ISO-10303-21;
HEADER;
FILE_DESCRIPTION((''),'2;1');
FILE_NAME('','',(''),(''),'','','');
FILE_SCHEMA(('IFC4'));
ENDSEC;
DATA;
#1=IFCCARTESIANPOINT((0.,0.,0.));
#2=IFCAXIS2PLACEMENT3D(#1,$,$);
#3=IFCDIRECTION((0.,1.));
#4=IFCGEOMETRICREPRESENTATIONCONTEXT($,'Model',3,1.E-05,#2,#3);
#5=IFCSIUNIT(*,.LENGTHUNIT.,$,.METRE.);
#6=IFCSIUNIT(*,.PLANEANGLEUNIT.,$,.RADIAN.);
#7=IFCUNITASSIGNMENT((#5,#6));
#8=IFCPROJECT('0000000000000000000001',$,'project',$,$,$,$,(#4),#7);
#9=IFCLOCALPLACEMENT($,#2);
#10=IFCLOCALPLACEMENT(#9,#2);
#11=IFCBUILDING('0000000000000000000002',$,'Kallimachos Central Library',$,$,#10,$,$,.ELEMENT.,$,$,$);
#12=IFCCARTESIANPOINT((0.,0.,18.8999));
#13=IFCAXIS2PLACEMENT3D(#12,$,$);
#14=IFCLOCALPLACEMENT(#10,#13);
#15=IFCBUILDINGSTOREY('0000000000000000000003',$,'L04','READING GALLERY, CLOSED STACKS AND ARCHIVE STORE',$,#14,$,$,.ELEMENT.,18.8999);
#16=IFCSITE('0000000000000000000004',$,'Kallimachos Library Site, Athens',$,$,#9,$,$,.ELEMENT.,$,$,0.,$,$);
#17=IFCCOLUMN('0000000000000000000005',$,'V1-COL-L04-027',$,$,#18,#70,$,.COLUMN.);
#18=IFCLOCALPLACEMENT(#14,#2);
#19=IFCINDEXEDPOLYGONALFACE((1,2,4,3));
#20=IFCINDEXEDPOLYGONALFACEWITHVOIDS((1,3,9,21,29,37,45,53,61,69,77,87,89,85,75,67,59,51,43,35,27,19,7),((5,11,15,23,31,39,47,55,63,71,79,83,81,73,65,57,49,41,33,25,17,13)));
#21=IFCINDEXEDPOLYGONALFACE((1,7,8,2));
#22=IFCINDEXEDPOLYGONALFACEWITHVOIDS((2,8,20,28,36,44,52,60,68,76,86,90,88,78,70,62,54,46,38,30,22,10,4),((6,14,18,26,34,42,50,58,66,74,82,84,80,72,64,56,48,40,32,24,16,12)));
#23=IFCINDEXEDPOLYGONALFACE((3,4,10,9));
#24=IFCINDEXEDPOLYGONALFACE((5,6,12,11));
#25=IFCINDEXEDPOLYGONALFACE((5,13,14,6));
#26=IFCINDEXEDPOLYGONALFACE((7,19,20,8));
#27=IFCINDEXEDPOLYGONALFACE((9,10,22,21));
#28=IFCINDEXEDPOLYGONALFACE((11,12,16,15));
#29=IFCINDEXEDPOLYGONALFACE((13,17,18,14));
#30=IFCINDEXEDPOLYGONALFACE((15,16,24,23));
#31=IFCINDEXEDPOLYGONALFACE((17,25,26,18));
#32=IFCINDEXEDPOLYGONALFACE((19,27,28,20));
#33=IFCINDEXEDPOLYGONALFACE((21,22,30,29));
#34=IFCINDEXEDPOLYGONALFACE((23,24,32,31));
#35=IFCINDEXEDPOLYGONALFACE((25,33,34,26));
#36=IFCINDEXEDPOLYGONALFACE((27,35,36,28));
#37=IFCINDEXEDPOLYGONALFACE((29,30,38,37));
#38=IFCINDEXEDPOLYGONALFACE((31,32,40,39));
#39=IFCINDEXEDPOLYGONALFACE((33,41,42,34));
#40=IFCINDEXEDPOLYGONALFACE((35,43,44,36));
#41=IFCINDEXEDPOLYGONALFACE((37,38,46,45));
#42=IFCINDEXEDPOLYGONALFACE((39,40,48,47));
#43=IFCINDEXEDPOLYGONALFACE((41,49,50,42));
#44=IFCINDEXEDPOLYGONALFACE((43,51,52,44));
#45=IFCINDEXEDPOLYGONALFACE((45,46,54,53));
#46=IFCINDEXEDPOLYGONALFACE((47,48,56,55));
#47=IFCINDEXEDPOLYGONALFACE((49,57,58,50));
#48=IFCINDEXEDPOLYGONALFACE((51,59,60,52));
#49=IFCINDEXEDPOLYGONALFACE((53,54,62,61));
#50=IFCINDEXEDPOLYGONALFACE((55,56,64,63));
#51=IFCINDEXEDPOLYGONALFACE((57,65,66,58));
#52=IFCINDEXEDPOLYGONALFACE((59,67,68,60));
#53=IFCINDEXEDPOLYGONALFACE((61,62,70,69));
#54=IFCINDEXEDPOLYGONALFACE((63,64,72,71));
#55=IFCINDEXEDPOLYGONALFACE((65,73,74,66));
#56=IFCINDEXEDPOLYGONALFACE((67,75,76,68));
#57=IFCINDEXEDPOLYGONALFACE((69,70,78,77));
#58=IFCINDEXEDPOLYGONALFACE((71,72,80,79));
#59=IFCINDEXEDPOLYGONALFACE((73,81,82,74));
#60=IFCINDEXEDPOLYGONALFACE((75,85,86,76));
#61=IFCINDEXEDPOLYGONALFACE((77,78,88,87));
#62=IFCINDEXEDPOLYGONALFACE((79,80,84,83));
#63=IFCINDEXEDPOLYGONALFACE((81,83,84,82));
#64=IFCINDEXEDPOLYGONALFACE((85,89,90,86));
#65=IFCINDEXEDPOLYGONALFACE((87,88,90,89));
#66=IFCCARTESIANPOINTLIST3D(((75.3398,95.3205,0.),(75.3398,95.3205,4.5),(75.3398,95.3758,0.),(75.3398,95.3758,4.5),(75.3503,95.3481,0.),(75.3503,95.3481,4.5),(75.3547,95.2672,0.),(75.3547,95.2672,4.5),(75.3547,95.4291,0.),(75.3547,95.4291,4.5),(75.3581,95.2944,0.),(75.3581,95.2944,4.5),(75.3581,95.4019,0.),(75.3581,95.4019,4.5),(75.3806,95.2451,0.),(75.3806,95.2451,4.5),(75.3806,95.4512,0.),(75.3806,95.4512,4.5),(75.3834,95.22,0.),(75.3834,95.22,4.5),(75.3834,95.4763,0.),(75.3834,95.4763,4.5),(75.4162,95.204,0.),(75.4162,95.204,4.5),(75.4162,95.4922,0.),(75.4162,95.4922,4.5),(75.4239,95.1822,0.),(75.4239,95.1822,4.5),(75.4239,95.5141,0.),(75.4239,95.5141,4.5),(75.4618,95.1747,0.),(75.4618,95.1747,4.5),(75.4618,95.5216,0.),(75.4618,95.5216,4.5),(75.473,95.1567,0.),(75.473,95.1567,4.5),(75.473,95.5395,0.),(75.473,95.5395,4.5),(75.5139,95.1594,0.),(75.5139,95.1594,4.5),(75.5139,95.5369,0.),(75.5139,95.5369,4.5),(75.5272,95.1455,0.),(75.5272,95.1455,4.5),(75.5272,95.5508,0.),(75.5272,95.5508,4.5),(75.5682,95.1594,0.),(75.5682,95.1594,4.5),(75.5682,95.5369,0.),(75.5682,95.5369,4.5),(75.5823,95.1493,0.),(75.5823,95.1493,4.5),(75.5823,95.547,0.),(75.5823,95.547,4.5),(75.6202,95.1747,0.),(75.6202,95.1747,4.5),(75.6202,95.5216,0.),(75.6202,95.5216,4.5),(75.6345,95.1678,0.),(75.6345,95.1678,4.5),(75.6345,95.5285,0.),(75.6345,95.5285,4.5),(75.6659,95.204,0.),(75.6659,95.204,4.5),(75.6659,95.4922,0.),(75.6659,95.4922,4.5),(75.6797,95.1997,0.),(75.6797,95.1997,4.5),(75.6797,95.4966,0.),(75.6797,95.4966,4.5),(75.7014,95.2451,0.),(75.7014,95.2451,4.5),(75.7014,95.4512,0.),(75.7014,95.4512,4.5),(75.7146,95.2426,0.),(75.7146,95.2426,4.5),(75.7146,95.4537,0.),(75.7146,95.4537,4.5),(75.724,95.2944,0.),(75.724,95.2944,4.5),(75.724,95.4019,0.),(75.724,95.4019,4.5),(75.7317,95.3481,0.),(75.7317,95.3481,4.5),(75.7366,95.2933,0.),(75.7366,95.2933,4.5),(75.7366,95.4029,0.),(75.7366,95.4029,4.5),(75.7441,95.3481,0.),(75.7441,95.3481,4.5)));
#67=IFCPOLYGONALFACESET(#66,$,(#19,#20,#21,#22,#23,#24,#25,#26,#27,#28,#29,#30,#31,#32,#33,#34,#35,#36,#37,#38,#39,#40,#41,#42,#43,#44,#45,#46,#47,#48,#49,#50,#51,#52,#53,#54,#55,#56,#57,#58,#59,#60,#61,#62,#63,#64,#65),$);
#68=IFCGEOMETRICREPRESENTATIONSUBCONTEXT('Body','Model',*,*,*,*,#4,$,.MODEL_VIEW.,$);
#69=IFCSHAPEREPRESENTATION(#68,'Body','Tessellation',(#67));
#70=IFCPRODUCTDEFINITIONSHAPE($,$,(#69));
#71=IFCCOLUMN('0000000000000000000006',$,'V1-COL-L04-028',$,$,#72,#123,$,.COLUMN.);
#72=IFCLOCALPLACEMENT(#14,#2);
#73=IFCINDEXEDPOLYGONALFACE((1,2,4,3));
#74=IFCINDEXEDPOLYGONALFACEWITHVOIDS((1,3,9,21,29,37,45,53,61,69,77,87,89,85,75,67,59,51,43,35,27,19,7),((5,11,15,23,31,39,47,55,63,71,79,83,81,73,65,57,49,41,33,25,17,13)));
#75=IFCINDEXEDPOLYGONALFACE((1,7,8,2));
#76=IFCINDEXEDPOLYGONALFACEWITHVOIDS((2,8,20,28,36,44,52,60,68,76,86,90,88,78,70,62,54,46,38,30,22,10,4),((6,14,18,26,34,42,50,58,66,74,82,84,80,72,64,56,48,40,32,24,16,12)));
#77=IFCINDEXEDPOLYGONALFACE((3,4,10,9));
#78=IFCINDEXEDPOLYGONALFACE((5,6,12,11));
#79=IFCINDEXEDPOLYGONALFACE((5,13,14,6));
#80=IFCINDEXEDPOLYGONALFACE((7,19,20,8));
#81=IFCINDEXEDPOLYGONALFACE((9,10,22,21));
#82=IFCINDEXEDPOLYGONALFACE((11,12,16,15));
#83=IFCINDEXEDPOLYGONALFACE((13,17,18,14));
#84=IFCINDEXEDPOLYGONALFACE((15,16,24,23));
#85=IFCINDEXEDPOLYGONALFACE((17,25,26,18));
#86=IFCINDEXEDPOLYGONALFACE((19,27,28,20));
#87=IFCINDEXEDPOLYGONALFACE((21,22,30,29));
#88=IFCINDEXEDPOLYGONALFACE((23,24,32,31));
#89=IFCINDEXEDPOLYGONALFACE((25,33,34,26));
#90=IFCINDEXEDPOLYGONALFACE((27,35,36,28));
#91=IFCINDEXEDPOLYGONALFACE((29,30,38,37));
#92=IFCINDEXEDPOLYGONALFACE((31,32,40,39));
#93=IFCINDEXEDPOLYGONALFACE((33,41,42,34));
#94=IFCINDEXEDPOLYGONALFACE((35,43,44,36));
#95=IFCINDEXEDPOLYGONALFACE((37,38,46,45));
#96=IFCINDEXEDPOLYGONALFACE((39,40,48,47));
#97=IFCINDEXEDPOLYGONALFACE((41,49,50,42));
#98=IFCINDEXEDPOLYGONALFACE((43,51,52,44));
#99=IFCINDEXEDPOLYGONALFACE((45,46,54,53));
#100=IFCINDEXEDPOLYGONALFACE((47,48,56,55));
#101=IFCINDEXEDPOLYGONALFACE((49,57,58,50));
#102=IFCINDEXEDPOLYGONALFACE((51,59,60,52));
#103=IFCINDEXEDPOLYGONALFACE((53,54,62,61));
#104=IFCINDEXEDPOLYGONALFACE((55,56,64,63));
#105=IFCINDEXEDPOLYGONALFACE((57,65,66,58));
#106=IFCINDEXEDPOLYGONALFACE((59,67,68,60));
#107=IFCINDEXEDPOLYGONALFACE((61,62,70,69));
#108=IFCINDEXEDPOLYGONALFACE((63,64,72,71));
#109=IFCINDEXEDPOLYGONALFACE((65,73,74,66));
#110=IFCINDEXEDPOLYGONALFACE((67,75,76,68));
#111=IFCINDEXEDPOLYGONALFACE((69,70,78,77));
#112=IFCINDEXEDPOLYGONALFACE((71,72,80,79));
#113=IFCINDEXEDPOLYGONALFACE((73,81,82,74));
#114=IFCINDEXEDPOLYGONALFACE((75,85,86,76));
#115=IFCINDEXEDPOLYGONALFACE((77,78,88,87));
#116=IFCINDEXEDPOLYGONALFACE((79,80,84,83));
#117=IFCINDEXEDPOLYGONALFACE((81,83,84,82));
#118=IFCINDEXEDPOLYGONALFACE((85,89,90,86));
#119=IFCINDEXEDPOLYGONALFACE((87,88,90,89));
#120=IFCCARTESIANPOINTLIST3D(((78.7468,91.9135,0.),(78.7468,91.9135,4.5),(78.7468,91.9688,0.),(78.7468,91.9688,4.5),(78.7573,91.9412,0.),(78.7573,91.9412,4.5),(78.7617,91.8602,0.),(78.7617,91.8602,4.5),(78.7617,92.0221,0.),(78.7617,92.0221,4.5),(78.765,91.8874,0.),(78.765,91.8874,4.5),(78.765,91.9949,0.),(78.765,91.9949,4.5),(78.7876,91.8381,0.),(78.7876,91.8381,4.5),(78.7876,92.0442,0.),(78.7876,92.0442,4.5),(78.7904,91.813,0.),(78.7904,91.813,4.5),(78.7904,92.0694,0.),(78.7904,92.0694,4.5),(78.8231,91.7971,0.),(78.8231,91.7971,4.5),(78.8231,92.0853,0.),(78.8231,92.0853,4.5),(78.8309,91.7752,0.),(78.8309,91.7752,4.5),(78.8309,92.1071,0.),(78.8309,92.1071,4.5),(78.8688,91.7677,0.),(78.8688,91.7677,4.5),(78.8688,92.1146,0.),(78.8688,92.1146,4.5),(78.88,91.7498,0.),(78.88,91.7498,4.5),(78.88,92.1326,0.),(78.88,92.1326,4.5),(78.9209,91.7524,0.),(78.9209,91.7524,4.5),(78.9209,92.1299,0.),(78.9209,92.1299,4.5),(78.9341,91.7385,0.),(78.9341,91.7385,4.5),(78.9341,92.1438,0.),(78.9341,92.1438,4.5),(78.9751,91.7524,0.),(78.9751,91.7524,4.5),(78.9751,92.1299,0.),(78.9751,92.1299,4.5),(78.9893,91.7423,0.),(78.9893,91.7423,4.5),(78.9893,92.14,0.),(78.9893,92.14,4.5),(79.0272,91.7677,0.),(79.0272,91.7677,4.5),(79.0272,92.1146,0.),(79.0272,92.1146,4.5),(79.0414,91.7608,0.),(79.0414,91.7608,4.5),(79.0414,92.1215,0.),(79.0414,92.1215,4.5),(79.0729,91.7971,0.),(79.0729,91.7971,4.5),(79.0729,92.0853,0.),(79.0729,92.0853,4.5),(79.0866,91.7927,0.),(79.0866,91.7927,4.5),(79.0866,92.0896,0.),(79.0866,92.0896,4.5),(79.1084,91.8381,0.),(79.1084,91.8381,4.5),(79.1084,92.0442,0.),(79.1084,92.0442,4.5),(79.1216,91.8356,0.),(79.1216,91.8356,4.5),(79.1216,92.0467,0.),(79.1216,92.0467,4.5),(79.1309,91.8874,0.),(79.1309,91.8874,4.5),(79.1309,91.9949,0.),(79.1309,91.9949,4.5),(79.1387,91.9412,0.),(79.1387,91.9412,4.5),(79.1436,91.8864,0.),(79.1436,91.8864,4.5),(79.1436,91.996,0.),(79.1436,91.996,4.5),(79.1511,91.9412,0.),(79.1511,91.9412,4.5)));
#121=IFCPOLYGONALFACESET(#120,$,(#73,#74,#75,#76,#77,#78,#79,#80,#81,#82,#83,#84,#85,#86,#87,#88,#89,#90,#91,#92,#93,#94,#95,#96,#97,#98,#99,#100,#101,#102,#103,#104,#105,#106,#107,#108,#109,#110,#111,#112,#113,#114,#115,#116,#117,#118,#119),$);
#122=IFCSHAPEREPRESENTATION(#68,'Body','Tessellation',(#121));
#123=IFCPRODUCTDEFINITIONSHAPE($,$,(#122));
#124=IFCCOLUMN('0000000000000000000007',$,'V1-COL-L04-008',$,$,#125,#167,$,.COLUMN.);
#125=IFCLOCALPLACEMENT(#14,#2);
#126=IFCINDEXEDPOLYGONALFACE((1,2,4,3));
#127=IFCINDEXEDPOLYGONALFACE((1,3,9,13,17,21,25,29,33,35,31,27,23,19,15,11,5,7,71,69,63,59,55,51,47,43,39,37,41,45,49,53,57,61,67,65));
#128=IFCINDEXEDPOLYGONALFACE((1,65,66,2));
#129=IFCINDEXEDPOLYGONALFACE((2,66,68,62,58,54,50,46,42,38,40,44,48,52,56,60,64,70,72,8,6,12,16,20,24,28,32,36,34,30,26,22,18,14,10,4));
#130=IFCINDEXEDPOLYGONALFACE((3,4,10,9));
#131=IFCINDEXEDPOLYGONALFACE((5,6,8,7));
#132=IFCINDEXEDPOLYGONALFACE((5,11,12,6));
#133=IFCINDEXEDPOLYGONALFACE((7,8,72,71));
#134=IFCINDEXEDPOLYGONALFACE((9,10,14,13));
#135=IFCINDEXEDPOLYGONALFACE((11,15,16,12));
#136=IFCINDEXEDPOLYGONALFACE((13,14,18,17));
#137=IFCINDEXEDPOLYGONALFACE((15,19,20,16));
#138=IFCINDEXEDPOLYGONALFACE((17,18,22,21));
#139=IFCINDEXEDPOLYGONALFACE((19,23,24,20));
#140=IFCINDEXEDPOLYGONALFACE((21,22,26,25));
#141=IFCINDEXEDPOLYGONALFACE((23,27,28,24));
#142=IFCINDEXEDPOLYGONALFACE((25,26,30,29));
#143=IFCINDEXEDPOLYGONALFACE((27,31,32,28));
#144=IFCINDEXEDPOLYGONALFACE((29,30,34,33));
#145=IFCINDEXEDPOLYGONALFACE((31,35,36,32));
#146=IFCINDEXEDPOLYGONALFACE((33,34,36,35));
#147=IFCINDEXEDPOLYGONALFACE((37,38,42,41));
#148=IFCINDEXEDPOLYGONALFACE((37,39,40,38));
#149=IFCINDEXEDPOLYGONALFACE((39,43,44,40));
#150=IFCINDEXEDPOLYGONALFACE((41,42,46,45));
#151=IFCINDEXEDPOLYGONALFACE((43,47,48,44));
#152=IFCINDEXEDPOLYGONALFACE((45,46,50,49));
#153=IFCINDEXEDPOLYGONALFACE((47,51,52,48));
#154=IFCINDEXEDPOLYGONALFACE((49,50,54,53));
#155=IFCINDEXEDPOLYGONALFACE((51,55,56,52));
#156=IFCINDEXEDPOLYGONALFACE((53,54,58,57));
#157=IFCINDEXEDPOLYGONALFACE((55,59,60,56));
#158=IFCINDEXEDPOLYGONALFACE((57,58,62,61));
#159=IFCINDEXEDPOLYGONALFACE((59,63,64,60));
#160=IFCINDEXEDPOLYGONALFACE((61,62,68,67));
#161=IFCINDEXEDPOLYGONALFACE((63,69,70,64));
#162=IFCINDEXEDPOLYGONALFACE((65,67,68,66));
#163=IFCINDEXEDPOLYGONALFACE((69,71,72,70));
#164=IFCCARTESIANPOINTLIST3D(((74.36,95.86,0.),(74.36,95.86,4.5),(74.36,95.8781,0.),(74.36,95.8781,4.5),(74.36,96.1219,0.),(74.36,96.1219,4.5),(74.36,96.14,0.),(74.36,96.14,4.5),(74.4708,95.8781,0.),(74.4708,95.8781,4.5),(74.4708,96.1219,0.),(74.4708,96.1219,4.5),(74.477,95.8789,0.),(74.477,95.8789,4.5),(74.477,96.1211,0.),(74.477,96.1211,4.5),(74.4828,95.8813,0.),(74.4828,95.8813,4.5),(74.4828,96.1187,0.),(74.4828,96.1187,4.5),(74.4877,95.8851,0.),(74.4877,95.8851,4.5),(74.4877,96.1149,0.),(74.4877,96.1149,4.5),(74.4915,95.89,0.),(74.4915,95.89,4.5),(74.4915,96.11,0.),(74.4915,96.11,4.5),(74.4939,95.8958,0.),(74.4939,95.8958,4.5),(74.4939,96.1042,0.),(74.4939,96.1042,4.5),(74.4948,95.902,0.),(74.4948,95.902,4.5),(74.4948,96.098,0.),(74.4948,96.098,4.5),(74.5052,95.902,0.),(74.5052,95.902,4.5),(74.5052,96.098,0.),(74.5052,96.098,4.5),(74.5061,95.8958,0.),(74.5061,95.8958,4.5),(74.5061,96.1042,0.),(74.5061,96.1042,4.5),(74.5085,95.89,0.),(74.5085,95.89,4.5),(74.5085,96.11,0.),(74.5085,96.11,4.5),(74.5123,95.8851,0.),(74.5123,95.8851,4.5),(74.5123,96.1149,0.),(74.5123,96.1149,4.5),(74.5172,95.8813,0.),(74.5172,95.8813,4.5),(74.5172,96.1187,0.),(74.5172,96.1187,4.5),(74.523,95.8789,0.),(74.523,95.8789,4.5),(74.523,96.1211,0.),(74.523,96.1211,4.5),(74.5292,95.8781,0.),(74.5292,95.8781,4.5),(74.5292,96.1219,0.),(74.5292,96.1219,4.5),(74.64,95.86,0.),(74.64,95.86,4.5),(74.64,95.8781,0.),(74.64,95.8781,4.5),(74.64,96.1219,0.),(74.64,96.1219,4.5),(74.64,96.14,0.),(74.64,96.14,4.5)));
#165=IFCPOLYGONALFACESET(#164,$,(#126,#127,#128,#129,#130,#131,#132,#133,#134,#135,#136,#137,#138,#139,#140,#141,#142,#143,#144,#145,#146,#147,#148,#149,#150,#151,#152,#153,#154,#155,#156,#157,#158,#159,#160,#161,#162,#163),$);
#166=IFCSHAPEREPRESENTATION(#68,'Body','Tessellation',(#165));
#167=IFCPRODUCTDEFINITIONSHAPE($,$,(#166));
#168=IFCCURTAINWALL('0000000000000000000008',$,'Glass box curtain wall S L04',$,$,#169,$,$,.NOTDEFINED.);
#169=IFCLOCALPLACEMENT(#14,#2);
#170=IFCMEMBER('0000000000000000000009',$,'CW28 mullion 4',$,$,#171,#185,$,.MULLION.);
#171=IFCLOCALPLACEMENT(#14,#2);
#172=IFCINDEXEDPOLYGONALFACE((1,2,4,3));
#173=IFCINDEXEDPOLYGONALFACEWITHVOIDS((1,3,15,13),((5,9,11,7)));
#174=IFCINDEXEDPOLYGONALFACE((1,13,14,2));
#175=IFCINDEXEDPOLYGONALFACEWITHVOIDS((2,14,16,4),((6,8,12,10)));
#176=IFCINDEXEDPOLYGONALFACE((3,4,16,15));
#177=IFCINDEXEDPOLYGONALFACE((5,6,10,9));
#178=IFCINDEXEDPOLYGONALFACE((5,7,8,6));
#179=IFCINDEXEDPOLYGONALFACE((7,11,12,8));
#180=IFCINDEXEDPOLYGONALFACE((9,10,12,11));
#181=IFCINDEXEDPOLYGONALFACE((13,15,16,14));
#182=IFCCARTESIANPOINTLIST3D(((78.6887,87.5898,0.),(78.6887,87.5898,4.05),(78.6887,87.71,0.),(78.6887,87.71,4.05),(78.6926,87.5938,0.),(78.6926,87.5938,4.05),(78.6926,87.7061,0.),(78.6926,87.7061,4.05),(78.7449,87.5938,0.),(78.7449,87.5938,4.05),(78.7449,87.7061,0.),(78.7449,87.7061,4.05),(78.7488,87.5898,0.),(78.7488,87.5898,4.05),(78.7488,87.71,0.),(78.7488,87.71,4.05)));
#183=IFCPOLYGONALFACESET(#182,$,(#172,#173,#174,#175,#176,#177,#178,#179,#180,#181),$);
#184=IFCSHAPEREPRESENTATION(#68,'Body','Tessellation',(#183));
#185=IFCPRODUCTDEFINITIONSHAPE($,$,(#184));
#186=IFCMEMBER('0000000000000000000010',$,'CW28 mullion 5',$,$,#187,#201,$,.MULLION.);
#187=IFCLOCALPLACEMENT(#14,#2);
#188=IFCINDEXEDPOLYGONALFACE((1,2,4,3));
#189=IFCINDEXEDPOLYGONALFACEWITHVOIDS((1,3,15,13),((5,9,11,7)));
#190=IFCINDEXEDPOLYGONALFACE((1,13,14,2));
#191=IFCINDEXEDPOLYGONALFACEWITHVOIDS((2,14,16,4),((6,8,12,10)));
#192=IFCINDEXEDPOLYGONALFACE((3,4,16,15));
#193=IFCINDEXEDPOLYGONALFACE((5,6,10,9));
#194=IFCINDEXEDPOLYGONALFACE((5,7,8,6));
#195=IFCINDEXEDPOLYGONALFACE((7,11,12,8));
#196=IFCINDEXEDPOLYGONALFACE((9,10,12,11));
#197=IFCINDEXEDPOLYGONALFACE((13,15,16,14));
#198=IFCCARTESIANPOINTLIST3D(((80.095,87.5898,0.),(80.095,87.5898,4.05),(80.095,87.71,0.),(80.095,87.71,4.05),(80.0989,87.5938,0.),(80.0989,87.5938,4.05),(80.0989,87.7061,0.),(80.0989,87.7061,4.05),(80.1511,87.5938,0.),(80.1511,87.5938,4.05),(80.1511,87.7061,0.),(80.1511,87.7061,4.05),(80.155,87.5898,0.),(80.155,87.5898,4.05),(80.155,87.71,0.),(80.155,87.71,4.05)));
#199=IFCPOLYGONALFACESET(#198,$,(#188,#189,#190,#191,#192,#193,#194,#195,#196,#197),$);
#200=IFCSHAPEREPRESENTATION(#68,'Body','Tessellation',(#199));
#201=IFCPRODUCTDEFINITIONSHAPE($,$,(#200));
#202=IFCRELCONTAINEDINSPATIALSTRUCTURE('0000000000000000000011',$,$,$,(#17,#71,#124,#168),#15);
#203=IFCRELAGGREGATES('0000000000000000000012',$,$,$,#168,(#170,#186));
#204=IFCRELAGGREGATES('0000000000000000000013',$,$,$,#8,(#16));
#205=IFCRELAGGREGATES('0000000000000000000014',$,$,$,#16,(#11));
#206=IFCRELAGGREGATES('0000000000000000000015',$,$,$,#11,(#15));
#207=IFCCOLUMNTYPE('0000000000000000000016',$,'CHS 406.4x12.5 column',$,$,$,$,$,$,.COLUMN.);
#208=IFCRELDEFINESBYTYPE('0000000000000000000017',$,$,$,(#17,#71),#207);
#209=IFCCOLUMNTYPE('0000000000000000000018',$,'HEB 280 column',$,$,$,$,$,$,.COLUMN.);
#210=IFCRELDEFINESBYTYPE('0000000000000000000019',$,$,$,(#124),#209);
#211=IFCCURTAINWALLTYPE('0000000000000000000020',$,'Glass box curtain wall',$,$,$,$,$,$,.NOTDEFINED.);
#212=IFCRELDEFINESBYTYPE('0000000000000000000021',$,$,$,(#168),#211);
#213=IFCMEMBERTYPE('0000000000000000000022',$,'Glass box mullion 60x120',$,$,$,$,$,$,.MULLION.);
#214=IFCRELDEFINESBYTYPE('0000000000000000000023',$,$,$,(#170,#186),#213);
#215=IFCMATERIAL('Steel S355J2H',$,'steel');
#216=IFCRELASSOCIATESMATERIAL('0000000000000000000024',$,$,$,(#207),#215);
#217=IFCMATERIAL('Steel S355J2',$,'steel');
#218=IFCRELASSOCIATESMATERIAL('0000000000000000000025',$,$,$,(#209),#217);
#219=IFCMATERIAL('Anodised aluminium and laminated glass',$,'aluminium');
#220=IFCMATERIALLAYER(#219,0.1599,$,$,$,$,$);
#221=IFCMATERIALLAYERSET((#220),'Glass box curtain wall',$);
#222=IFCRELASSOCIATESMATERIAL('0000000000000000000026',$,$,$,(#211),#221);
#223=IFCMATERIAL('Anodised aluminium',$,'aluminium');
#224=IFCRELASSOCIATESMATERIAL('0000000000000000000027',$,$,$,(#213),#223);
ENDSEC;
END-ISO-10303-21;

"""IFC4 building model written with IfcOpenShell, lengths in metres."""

from ifc_helpers import new_model, si_unit, direction, frame, origin, origin_2d, place, context, subcontext, project, spatial, hollow_rectangle, hollow_circle, i_section, extrude, material, layer, layer_set, material_profile, profile_set, type_object, element, aggregate, save


model = new_model("IFC4")

# Units and contexts
model_context = context("Model", 3, precision=1e-05, world=origin(), true_north=direction((0.0, 1.0)))
body_context = subcontext(model_context, "Body", "Model", "MODEL_VIEW")
ifc_project = project(units=[si_unit("LENGTHUNIT", "METRE"), si_unit("PLANEANGLEUNIT", "RADIAN")], contexts=[model_context])

# Site, building, storey
site_placement = place(None, origin())
site = spatial("IfcSite", under=ifc_project, at=site_placement, Name="Kallimachos Library Site, Athens", CompositionType="ELEMENT", RefElevation=0.0)
building_placement = place(site_placement, origin())
building = spatial("IfcBuilding", under=site, at=building_placement, Name="Kallimachos Central Library", CompositionType="ELEMENT")
storey_placement = place(building_placement, frame((0.0, 0.0, 18.8999)))
storey = spatial("IfcBuildingStorey", under=building, at=storey_placement, Name="L04", Description="READING GALLERY, CLOSED STACKS AND ARCHIVE STORE", CompositionType="ELEMENT", Elevation=18.8999)

# Columns
ifc_material_1 = material(Name="Steel S355J2H", Category="steel")
ifc_material_profile_1 = material_profile(ifc_material_1, hollow_circle(Radius=0.2031, WallThickness=0.0125, at=origin_2d()), Name="CHS 406.4x12.5")
ifc_profile_set_1 = profile_set([ifc_material_profile_1], Name="Steel S355J2H")
column_type_1 = type_object("IfcColumnType", Name="CHS 406.4x12.5 column", PredefinedType="COLUMN", material=ifc_profile_set_1)
for number, where, z_axis, x_axis, name in (
    (1, (75.541, 95.3481, 0.0), (0.0, 0.0, 1.0), (1.0, 0.0, 0.0), "V1-COL-L04-027"),
    (2, (78.948, 91.9412, 0.0), (0.0, 0.0, 1.0), (1.0, 0.0, 0.0), "V1-COL-L04-028"),
):
    element("IfcColumn", number, at=place(storey_placement, frame(where, z_axis=z_axis, x_axis=x_axis)), inside=storey, type_object=column_type_1, Name=name, PredefinedType="COLUMN", context=body_context, shape_type="SweptSolid", body=[
        extrude(hollow_circle(Radius=0.2031, WallThickness=0.0125, at=origin_2d()), origin(), (0.0, 0.0, 1.0), 4.5),
    ])
ifc_material_2 = material(Name="Steel S355J2", Category="steel")
ifc_material_profile_2 = material_profile(ifc_material_2, i_section(OverallWidth=0.28, OverallDepth=0.28, WebThickness=0.0105, FlangeThickness=0.0181, FilletRadius=0.0239, at=origin_2d()), Name="HEB 280")
ifc_profile_set_2 = profile_set([ifc_material_profile_2], Name="Steel S355J2")
column_type_2 = type_object("IfcColumnType", Name="HEB 280 column", PredefinedType="COLUMN", material=ifc_profile_set_2)
column_placement = place(storey_placement, frame((74.5, 96.0, 0.0), z_axis=(0.0, 0.0, 1.0), x_axis=(1.0, 0.0, 0.0)))
element("IfcColumn", 3, at=column_placement, inside=storey, type_object=column_type_2, Name="V1-COL-L04-008", PredefinedType="COLUMN", context=body_context, shape_type="SweptSolid", body=[
    extrude(i_section(OverallWidth=0.28, OverallDepth=0.28, WebThickness=0.0105, FlangeThickness=0.0181, FilletRadius=0.0239, at=origin_2d()), origin(), (0.0, 0.0, 1.0), 4.5),
])

# Curtain wall, members
ifc_material_3 = material(Name="Anodised aluminium and laminated glass", Category="aluminium")
ifc_layer_1 = layer(ifc_material_3, 0.1599)
ifc_layer_set_1 = layer_set([ifc_layer_1], Name="Glass box curtain wall")
curtain_wall_type = type_object("IfcCurtainWallType", Name="Glass box curtain wall", PredefinedType="NOTDEFINED", material=ifc_layer_set_1)
curtain_wall_placement = place(storey_placement, origin())
curtain_wall = element("IfcCurtainWall", 4, at=curtain_wall_placement, inside=storey, type_object=curtain_wall_type, Name="Glass box curtain wall S L04", PredefinedType="NOTDEFINED")
ifc_material_4 = material(Name="Anodised aluminium", Category="aluminium")
ifc_material_profile_3 = material_profile(ifc_material_4, hollow_rectangle(XDim=0.0601, YDim=0.1201, WallThickness=0.0039, at=origin_2d()), Name="ALU MULLION 60x120")
ifc_profile_set_3 = profile_set([ifc_material_profile_3], Name="Anodised aluminium")
member_type_1 = type_object("IfcMemberType", Name="Glass box mullion 60x120", PredefinedType="MULLION", material=ifc_profile_set_3)
member_1_placement = place(storey_placement, frame((78.7188, 87.6499, 0.0), z_axis=(0.0, 0.0, 1.0), x_axis=(1.0, 0.0, 0.0)))
member_1 = element("IfcMember", 5, at=member_1_placement, type_object=member_type_1, Name="CW28 mullion 4", PredefinedType="MULLION", context=body_context, shape_type="SweptSolid", body=[
    extrude(hollow_rectangle(XDim=0.0601, YDim=0.1201, WallThickness=0.0039, at=origin_2d()), origin(), (0.0, 0.0, 1.0), 4.05),
])
member_2_placement = place(storey_placement, frame((80.125, 87.6499, 0.0), z_axis=(0.0, 0.0, 1.0), x_axis=(1.0, 0.0, 0.0)))
member_2 = element("IfcMember", 6, at=member_2_placement, type_object=member_type_1, Name="CW28 mullion 5", PredefinedType="MULLION", context=body_context, shape_type="SweptSolid", body=[
    extrude(hollow_rectangle(XDim=0.0601, YDim=0.1201, WallThickness=0.0039, at=origin_2d()), origin(), (0.0, 0.0, 1.0), 4.05),
])

aggregate(curtain_wall, [member_1, member_2])

save(model, "model.ifc")
